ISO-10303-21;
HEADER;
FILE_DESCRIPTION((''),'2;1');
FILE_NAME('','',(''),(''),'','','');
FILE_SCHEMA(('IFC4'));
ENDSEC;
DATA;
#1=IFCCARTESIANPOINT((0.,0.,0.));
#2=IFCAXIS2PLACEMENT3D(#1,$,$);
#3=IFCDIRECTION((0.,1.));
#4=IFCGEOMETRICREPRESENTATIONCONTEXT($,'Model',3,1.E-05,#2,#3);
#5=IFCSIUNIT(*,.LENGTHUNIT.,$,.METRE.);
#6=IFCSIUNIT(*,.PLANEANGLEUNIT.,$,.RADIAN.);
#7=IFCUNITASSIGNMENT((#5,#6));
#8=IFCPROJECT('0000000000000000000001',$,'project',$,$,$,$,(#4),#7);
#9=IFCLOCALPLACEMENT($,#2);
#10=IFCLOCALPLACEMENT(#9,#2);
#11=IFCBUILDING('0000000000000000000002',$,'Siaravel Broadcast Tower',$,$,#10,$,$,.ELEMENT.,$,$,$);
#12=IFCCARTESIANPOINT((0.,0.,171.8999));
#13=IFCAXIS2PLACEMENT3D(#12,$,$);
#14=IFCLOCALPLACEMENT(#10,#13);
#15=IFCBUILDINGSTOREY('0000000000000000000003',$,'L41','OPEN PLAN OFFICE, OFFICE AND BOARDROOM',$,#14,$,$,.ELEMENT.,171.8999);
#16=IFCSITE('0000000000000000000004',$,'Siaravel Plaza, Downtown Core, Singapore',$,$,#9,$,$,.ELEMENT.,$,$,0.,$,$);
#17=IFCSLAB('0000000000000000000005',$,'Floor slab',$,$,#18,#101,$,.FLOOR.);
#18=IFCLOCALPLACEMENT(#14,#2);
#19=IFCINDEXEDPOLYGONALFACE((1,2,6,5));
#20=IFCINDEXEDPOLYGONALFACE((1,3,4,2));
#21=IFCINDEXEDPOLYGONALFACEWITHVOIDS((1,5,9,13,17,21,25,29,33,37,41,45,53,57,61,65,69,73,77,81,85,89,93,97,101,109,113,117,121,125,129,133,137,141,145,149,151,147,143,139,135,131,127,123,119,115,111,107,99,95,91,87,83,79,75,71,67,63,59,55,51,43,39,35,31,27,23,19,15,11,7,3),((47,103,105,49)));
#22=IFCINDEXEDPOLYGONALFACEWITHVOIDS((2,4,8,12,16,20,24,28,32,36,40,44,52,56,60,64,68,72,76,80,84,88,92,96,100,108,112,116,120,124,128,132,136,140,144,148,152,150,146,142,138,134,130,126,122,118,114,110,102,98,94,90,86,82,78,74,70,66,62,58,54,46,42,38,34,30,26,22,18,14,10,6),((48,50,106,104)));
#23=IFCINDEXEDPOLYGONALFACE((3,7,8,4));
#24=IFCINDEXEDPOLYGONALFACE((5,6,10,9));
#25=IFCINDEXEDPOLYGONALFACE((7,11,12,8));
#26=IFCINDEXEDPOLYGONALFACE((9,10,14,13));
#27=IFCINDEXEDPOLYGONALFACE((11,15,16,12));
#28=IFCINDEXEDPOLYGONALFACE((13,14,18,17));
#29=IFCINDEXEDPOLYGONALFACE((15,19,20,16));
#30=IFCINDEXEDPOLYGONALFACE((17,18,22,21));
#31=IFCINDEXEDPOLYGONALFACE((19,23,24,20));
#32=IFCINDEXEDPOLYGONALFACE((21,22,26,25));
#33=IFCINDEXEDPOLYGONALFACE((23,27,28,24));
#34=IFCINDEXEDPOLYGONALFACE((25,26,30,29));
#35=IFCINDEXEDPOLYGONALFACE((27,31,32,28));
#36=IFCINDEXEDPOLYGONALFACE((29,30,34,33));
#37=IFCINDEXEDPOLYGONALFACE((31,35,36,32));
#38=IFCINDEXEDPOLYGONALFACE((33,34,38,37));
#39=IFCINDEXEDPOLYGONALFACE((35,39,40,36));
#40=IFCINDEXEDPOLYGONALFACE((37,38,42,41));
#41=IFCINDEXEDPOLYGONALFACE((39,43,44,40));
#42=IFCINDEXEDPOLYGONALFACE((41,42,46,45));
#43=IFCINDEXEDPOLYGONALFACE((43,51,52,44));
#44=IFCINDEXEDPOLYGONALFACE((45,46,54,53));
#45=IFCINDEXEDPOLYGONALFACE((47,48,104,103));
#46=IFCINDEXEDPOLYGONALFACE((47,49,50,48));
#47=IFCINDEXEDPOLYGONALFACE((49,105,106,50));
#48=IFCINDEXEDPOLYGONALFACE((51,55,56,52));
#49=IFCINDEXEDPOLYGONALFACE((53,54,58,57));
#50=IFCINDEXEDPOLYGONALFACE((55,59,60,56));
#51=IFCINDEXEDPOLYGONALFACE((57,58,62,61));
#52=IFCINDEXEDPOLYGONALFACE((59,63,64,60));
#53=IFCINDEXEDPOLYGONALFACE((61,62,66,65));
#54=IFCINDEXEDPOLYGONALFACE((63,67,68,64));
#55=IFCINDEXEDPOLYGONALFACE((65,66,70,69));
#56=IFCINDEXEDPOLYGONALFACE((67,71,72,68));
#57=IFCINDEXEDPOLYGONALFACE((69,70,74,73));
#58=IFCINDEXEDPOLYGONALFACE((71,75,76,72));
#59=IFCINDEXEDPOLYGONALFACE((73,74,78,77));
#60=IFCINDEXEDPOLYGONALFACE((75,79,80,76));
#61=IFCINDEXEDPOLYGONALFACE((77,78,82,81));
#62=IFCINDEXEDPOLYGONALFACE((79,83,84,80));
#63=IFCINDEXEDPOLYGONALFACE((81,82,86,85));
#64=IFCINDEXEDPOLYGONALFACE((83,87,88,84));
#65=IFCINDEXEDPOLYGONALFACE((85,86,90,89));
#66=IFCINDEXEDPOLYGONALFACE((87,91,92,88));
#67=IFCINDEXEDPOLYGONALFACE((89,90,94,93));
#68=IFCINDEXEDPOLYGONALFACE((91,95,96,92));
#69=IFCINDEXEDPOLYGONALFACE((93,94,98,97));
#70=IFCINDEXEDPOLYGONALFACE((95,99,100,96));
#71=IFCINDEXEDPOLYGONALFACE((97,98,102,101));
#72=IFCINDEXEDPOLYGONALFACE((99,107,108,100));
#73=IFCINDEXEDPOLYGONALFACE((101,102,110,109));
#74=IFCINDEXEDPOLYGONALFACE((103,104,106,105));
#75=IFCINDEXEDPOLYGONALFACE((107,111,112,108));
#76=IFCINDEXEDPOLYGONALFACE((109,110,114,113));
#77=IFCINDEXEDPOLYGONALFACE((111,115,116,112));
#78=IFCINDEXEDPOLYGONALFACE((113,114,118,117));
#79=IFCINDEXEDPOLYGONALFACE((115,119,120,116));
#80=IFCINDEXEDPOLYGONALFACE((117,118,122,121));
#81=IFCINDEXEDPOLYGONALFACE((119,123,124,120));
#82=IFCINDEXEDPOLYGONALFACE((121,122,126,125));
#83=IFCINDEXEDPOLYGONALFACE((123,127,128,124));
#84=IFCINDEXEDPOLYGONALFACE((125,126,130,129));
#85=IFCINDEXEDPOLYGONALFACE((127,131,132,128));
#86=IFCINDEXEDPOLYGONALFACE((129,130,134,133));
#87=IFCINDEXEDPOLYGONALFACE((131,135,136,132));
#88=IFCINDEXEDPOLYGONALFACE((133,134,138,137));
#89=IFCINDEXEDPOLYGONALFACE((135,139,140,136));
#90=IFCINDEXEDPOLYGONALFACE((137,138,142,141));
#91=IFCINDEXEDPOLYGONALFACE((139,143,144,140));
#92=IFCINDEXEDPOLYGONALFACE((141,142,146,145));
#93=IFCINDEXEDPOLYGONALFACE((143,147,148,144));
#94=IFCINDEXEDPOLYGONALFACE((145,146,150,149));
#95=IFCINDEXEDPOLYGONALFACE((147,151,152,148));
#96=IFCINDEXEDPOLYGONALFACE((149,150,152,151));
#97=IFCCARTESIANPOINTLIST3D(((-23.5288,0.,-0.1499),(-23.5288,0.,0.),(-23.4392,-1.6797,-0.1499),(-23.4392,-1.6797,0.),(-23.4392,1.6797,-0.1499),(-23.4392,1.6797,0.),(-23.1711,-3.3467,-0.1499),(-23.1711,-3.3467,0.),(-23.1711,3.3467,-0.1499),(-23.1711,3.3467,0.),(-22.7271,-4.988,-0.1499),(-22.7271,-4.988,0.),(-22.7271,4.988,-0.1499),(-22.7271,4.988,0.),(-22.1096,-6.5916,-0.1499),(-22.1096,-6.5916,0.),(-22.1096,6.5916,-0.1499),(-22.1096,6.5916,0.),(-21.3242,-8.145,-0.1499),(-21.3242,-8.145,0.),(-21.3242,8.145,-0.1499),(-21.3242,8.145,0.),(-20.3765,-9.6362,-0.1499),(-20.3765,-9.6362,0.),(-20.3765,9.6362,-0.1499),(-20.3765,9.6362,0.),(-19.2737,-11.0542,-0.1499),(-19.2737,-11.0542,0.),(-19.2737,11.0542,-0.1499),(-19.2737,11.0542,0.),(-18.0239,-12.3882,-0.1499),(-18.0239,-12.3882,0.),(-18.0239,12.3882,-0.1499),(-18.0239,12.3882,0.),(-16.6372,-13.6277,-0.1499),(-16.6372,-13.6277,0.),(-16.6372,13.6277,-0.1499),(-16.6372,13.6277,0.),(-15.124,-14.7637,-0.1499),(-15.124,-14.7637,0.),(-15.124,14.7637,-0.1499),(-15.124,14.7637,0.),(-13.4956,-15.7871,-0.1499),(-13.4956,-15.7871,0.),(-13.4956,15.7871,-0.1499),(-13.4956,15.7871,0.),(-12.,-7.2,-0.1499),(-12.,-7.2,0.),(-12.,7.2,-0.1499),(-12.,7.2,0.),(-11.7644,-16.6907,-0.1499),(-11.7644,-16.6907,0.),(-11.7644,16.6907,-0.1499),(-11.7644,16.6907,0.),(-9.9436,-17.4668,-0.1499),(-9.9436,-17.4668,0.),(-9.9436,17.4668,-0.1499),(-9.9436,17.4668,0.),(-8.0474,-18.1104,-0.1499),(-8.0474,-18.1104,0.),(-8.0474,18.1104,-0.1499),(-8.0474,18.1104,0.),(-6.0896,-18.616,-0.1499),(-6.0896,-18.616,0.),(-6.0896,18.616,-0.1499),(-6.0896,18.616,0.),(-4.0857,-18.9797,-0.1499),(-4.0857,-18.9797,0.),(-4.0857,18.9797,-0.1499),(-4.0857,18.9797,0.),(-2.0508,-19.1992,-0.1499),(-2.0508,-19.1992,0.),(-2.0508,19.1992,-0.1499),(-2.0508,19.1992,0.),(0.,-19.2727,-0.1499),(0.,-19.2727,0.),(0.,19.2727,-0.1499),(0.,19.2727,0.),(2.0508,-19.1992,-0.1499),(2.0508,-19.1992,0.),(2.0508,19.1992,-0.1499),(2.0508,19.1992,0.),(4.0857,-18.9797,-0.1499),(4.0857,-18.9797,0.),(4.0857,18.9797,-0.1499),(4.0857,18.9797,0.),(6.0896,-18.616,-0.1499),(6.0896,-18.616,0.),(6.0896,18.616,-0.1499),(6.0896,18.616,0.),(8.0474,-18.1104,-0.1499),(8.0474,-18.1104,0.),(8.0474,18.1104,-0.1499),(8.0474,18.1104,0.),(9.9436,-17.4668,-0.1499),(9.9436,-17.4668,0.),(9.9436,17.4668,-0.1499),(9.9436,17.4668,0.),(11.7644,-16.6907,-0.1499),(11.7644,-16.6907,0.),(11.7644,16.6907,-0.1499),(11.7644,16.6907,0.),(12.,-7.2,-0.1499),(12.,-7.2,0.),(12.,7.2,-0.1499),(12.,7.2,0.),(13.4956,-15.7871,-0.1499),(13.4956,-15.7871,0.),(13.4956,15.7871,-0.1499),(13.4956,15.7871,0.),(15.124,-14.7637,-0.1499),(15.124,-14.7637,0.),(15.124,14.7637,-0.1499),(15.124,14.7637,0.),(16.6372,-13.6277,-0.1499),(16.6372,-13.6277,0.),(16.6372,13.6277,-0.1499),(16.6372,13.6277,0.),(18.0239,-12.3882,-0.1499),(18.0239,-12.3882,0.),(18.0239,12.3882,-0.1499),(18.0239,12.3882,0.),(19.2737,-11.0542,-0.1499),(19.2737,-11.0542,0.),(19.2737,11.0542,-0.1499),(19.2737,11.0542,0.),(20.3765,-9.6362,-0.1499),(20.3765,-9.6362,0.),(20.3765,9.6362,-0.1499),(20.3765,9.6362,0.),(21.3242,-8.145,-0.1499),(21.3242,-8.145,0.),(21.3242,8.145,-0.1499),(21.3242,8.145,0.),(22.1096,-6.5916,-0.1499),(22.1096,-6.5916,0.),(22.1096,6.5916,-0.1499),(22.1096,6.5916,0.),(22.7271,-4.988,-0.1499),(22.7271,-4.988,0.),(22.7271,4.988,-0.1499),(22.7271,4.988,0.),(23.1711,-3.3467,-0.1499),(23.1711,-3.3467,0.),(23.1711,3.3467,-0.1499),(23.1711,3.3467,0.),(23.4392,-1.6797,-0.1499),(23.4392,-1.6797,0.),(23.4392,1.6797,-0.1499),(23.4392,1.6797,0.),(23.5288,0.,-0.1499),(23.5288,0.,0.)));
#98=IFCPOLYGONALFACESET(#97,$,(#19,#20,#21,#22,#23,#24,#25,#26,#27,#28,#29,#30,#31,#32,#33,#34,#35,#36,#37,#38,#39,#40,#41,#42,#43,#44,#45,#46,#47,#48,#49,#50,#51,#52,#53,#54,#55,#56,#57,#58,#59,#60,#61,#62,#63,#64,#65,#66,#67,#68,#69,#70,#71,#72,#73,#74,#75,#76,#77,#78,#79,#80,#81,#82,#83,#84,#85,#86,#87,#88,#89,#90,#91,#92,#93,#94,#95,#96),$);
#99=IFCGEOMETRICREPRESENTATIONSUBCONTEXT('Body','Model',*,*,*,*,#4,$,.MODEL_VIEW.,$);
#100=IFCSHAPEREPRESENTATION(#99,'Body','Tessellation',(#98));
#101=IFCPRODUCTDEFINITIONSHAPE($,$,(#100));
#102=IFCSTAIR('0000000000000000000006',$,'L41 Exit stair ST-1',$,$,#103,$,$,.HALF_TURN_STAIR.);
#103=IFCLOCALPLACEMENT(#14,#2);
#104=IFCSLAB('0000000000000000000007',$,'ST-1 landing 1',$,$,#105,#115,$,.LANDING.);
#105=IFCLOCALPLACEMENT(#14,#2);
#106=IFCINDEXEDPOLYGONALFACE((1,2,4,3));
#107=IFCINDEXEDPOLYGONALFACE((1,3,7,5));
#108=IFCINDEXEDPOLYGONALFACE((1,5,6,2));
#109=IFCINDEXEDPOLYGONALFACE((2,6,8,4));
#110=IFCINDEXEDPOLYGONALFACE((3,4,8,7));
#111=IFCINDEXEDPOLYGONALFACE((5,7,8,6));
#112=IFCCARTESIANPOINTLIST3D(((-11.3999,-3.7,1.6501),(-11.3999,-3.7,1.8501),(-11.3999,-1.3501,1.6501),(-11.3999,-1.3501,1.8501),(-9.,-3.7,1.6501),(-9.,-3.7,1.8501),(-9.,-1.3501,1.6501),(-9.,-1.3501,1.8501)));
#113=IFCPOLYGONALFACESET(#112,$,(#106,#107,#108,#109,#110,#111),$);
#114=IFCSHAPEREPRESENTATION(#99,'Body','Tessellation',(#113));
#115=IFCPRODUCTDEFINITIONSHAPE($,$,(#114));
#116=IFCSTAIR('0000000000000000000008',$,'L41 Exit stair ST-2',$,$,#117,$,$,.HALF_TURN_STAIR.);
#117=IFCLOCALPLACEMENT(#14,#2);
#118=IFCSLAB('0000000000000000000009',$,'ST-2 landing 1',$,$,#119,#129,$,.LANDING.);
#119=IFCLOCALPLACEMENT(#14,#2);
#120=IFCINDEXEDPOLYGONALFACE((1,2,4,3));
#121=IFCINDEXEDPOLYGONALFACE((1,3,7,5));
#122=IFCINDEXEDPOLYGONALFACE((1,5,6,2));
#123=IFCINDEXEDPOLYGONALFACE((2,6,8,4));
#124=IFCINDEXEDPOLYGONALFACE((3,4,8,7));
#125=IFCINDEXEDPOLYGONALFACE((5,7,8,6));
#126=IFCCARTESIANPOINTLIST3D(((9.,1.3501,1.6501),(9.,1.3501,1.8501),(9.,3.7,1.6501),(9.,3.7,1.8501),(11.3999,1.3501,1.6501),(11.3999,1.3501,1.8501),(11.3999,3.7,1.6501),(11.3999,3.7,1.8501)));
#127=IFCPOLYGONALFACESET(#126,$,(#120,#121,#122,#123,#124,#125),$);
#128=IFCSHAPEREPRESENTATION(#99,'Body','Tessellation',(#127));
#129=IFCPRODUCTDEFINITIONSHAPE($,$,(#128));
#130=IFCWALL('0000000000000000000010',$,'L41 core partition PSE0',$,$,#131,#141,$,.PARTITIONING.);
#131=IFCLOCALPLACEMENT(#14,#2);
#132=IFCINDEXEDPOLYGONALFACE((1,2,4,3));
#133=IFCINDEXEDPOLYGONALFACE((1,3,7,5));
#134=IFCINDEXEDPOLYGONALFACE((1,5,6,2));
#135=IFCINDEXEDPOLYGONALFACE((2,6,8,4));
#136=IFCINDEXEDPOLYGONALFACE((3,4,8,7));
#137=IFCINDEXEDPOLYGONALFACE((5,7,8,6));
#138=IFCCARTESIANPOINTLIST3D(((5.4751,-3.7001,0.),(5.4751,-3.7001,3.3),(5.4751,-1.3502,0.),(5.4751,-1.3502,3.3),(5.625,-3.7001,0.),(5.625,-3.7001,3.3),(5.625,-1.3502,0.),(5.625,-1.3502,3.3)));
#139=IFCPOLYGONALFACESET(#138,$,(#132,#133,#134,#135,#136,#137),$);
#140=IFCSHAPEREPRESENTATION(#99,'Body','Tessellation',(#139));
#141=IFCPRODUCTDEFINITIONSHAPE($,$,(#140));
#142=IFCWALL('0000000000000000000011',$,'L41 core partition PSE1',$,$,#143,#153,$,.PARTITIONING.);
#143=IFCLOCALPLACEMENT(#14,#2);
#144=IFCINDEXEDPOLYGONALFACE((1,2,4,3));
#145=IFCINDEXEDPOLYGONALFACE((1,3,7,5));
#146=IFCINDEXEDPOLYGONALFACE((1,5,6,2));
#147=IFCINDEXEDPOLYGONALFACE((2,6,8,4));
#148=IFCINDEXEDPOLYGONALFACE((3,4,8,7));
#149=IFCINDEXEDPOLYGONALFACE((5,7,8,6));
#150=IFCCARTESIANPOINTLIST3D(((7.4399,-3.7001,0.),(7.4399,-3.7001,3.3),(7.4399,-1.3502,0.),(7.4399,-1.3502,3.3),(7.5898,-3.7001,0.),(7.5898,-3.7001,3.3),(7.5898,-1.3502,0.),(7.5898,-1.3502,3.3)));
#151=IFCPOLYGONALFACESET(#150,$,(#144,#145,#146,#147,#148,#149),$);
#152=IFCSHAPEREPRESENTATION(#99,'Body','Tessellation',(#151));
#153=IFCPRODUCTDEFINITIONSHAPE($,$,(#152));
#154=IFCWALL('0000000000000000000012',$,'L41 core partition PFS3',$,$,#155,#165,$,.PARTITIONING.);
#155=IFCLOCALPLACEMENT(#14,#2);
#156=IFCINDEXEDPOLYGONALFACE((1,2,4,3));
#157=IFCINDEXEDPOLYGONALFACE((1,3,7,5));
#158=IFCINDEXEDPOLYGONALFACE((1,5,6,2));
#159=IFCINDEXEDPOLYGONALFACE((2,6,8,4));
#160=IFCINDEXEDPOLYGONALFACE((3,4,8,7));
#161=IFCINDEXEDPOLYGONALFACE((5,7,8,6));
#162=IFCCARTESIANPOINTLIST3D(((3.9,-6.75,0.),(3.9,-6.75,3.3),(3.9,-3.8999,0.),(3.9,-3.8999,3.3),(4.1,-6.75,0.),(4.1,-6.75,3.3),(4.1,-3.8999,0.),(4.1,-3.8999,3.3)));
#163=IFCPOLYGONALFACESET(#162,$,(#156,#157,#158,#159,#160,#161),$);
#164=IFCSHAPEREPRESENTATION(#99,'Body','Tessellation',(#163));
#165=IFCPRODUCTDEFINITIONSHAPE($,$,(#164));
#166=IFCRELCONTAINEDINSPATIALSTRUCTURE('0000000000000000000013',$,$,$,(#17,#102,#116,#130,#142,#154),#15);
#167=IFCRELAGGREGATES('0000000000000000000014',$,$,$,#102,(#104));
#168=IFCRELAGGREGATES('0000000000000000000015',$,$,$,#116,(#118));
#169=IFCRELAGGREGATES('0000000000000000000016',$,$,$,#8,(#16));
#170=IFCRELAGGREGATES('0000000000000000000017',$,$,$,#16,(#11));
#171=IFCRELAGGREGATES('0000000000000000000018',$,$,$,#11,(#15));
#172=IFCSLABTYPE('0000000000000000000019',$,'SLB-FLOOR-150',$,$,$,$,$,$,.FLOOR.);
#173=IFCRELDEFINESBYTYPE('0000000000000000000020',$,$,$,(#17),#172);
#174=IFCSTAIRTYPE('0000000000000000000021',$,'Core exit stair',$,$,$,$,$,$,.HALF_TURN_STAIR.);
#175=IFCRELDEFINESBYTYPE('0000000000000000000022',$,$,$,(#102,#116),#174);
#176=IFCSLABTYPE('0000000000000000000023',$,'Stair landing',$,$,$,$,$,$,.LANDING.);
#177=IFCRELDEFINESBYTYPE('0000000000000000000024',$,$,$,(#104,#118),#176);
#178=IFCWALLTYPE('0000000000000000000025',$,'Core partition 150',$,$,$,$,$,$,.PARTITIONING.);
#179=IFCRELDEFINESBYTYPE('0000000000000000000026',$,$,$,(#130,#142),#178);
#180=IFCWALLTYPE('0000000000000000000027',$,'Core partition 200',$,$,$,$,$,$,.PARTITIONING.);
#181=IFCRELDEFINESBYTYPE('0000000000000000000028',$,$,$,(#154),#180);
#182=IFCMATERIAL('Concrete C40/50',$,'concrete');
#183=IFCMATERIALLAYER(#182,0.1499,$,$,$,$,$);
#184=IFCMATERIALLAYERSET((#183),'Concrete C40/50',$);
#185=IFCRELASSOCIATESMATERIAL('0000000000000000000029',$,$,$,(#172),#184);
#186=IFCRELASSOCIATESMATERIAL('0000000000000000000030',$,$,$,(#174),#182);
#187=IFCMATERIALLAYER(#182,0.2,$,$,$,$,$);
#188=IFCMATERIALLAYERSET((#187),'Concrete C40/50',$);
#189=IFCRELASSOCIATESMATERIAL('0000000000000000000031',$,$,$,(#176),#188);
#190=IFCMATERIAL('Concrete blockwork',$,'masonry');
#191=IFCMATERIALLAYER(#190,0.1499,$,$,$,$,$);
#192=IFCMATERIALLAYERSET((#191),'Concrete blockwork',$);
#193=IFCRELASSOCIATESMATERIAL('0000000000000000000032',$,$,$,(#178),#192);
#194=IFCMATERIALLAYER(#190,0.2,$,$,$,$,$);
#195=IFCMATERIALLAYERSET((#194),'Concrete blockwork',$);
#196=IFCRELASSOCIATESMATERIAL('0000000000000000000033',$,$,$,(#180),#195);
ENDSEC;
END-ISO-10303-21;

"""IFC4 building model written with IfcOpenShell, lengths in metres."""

from ifc_helpers import new_model, si_unit, direction, frame, frame_2d, origin, place, context, subcontext, project, spatial, polyline, rectangle, outline, extrude, material, layer, layer_set, type_object, element, aggregate, save


model = new_model("IFC4")

# Units and contexts
model_context = context("Model", 3, precision=1e-05, world=origin(), true_north=direction((0.0, 1.0)))
body_context = subcontext(model_context, "Body", "Model", "MODEL_VIEW")
ifc_project = project(units=[si_unit("LENGTHUNIT", "METRE"), si_unit("PLANEANGLEUNIT", "RADIAN")], contexts=[model_context])

# Site, building, storey
site_placement = place(None, origin())
site = spatial("IfcSite", under=ifc_project, at=site_placement, Name="Siaravel Plaza, Downtown Core, Singapore", CompositionType="ELEMENT", RefElevation=0.0)
building_placement = place(site_placement, origin())
building = spatial("IfcBuilding", under=site, at=building_placement, Name="Siaravel Broadcast Tower", CompositionType="ELEMENT")
storey_placement = place(building_placement, frame((0.0, 0.0, 171.8999)))
storey = spatial("IfcBuildingStorey", under=building, at=storey_placement, Name="L41", Description="OPEN PLAN OFFICE, OFFICE AND BOARDROOM", CompositionType="ELEMENT", Elevation=171.8999)

# Slab
ifc_material_1 = material(Name="Concrete C40/50", Category="concrete")
ifc_layer_1 = layer(ifc_material_1, 0.1499)
ifc_layer_set_1 = layer_set([ifc_layer_1], Name="Concrete C40/50")
slab_type_1 = type_object("IfcSlabType", Name="SLB-FLOOR-150", PredefinedType="FLOOR", material=ifc_layer_set_1)
slab_1_placement = place(storey_placement, frame((0.0, 0.0, -0.1499)))
element("IfcSlab", 1, at=slab_1_placement, inside=storey, type_object=slab_type_1, Name="Floor slab", PredefinedType="FLOOR", context=body_context, shape_type="SweptSolid", body=[
    extrude(outline(polyline([(23.5288, 0.0), (23.4392, 1.6797), (23.1711, 3.3467), (22.7271, 4.988), (22.1096, 6.5916), (21.3242, 8.145), (20.3765, 9.6362), (19.2737, 11.0542), (18.0239, 12.3882), (16.6372, 13.6277), (15.124, 14.7637), (13.4956, 15.7871), (11.7644, 16.6907), (9.9436, 17.4668), (8.0474, 18.1104), (6.0896, 18.616), (4.0857, 18.9797), (2.0508, 19.1992), (0.0, 19.2727), (-2.0508, 19.1992), (-4.0857, 18.9797), (-6.0896, 18.616), (-8.0474, 18.1104), (-9.9436, 17.4668), (-11.7644, 16.6907), (-13.4956, 15.7871), (-15.124, 14.7637), (-16.6372, 13.6277), (-18.0239, 12.3882), (-19.2737, 11.0542), (-20.3765, 9.6362), (-21.3242, 8.145), (-22.1096, 6.5916), (-22.7271, 4.988), (-23.1711, 3.3467), (-23.4392, 1.6797), (-23.5288, 0.0), (-23.4392, -1.6797), (-23.1711, -3.3467), (-22.7271, -4.988), (-22.1096, -6.5916), (-21.3242, -8.145), (-20.3765, -9.6362), (-19.2737, -11.0542), (-18.0239, -12.3882), (-16.6372, -13.6277), (-15.124, -14.7637), (-13.4956, -15.7871), (-11.7644, -16.6907), (-9.9436, -17.4668), (-8.0474, -18.1104), (-6.0896, -18.616), (-4.0857, -18.9797), (-2.0508, -19.1992), (0.0, -19.2727), (2.0508, -19.1992), (4.0857, -18.9797), (6.0896, -18.616), (8.0474, -18.1104), (9.9436, -17.4668), (11.7644, -16.6907), (13.4956, -15.7871), (15.124, -14.7637), (16.6372, -13.6277), (18.0239, -12.3882), (19.2737, -11.0542), (20.3765, -9.6362), (21.3242, -8.145), (22.1096, -6.5916), (22.7271, -4.988), (23.1711, -3.3467), (23.4392, -1.6797), (23.5288, 0.0)]), holes=[polyline([(-12.0, 7.2), (12.0, 7.2), (12.0, -7.2), (-12.0, -7.2), (-12.0, 7.2)])]), origin(), (0.0, 0.0, 1.0), 0.1499),
])

# Stairs, slabs
stair_type = type_object("IfcStairType", Name="Core exit stair", PredefinedType="HALF_TURN_STAIR", material=ifc_material_1)
stair_1_placement = place(storey_placement, origin())
stair_1 = element("IfcStair", 2, at=stair_1_placement, inside=storey, type_object=stair_type, Name="L41 Exit stair ST-1", PredefinedType="HALF_TURN_STAIR")
ifc_layer_2 = layer(ifc_material_1, 0.2)
ifc_layer_set_2 = layer_set([ifc_layer_2], Name="Concrete C40/50")
slab_type_2 = type_object("IfcSlabType", Name="Stair landing", PredefinedType="LANDING", material=ifc_layer_set_2)
slab_2_placement = place(storey_placement, frame((0.0, 0.0, 1.6501)))
slab_2 = element("IfcSlab", 3, at=slab_2_placement, type_object=slab_type_2, Name="ST-1 landing 1", PredefinedType="LANDING", context=body_context, shape_type="SweptSolid", body=[
    extrude(outline(polyline([(-9.0, -1.3501), (-11.3999, -1.3501), (-11.3999, -3.7), (-9.0, -3.7), (-9.0, -1.3501)])), origin(), (0.0, 0.0, 1.0), 0.2),
])
aggregate(stair_1, [slab_2])
stair_2_placement = place(storey_placement, origin())
stair_2 = element("IfcStair", 4, at=stair_2_placement, inside=storey, type_object=stair_type, Name="L41 Exit stair ST-2", PredefinedType="HALF_TURN_STAIR")
slab_3_placement = place(storey_placement, frame((0.0, 0.0, 1.6501)))
slab_3 = element("IfcSlab", 5, at=slab_3_placement, type_object=slab_type_2, Name="ST-2 landing 1", PredefinedType="LANDING", context=body_context, shape_type="SweptSolid", body=[
    extrude(outline(polyline([(9.0, 1.3501), (11.3999, 1.3501), (11.3999, 3.7), (9.0, 3.7), (9.0, 1.3501)])), origin(), (0.0, 0.0, 1.0), 0.2),
])
aggregate(stair_2, [slab_3])

# Walls
ifc_material_2 = material(Name="Concrete blockwork", Category="masonry")
ifc_layer_3 = layer(ifc_material_2, 0.1499)
ifc_layer_set_3 = layer_set([ifc_layer_3], Name="Concrete blockwork")
wall_type_1 = type_object("IfcWallType", Name="Core partition 150", PredefinedType="PARTITIONING", material=ifc_layer_set_3)
for number, where, z_axis, x_axis, name in (
    (6, (5.55, -3.7, 0.0), (0.0, 0.0, 1.0), (0.0, 1.0, 0.0), "L41 core partition PSE0"),
    (7, (7.5149, -3.7, 0.0), (0.0, 0.0, 1.0), (0.0, 1.0, 0.0), "L41 core partition PSE1"),
):
    element("IfcWall", number, at=place(storey_placement, frame(where, z_axis=z_axis, x_axis=x_axis)), inside=storey, type_object=wall_type_1, Name=name, PredefinedType="PARTITIONING", context=body_context, shape_type="SweptSolid", body=[
        extrude(rectangle(XDim=2.3499, YDim=0.1499, at=frame_2d((1.1748, 0.0))), origin(), (0.0, 0.0, 1.0), 3.3),
    ])
ifc_layer_4 = layer(ifc_material_2, 0.2)
ifc_layer_set_4 = layer_set([ifc_layer_4], Name="Concrete blockwork")
wall_type_2 = type_object("IfcWallType", Name="Core partition 200", PredefinedType="PARTITIONING", material=ifc_layer_set_4)
wall_1_placement = place(storey_placement, frame((4.0, -6.75, 0.0), z_axis=(0.0, 0.0, 1.0), x_axis=(0.0, 1.0, 0.0)))
element("IfcWall", 8, at=wall_1_placement, inside=storey, type_object=wall_type_2, Name="L41 core partition PFS3", PredefinedType="PARTITIONING", context=body_context, shape_type="SweptSolid", body=[
    extrude(rectangle(XDim=2.8501, YDim=0.2, at=frame_2d((1.425, 0.0))), origin(), (0.0, 0.0, 1.0), 3.3),
])

save(model, "model.ifc")
